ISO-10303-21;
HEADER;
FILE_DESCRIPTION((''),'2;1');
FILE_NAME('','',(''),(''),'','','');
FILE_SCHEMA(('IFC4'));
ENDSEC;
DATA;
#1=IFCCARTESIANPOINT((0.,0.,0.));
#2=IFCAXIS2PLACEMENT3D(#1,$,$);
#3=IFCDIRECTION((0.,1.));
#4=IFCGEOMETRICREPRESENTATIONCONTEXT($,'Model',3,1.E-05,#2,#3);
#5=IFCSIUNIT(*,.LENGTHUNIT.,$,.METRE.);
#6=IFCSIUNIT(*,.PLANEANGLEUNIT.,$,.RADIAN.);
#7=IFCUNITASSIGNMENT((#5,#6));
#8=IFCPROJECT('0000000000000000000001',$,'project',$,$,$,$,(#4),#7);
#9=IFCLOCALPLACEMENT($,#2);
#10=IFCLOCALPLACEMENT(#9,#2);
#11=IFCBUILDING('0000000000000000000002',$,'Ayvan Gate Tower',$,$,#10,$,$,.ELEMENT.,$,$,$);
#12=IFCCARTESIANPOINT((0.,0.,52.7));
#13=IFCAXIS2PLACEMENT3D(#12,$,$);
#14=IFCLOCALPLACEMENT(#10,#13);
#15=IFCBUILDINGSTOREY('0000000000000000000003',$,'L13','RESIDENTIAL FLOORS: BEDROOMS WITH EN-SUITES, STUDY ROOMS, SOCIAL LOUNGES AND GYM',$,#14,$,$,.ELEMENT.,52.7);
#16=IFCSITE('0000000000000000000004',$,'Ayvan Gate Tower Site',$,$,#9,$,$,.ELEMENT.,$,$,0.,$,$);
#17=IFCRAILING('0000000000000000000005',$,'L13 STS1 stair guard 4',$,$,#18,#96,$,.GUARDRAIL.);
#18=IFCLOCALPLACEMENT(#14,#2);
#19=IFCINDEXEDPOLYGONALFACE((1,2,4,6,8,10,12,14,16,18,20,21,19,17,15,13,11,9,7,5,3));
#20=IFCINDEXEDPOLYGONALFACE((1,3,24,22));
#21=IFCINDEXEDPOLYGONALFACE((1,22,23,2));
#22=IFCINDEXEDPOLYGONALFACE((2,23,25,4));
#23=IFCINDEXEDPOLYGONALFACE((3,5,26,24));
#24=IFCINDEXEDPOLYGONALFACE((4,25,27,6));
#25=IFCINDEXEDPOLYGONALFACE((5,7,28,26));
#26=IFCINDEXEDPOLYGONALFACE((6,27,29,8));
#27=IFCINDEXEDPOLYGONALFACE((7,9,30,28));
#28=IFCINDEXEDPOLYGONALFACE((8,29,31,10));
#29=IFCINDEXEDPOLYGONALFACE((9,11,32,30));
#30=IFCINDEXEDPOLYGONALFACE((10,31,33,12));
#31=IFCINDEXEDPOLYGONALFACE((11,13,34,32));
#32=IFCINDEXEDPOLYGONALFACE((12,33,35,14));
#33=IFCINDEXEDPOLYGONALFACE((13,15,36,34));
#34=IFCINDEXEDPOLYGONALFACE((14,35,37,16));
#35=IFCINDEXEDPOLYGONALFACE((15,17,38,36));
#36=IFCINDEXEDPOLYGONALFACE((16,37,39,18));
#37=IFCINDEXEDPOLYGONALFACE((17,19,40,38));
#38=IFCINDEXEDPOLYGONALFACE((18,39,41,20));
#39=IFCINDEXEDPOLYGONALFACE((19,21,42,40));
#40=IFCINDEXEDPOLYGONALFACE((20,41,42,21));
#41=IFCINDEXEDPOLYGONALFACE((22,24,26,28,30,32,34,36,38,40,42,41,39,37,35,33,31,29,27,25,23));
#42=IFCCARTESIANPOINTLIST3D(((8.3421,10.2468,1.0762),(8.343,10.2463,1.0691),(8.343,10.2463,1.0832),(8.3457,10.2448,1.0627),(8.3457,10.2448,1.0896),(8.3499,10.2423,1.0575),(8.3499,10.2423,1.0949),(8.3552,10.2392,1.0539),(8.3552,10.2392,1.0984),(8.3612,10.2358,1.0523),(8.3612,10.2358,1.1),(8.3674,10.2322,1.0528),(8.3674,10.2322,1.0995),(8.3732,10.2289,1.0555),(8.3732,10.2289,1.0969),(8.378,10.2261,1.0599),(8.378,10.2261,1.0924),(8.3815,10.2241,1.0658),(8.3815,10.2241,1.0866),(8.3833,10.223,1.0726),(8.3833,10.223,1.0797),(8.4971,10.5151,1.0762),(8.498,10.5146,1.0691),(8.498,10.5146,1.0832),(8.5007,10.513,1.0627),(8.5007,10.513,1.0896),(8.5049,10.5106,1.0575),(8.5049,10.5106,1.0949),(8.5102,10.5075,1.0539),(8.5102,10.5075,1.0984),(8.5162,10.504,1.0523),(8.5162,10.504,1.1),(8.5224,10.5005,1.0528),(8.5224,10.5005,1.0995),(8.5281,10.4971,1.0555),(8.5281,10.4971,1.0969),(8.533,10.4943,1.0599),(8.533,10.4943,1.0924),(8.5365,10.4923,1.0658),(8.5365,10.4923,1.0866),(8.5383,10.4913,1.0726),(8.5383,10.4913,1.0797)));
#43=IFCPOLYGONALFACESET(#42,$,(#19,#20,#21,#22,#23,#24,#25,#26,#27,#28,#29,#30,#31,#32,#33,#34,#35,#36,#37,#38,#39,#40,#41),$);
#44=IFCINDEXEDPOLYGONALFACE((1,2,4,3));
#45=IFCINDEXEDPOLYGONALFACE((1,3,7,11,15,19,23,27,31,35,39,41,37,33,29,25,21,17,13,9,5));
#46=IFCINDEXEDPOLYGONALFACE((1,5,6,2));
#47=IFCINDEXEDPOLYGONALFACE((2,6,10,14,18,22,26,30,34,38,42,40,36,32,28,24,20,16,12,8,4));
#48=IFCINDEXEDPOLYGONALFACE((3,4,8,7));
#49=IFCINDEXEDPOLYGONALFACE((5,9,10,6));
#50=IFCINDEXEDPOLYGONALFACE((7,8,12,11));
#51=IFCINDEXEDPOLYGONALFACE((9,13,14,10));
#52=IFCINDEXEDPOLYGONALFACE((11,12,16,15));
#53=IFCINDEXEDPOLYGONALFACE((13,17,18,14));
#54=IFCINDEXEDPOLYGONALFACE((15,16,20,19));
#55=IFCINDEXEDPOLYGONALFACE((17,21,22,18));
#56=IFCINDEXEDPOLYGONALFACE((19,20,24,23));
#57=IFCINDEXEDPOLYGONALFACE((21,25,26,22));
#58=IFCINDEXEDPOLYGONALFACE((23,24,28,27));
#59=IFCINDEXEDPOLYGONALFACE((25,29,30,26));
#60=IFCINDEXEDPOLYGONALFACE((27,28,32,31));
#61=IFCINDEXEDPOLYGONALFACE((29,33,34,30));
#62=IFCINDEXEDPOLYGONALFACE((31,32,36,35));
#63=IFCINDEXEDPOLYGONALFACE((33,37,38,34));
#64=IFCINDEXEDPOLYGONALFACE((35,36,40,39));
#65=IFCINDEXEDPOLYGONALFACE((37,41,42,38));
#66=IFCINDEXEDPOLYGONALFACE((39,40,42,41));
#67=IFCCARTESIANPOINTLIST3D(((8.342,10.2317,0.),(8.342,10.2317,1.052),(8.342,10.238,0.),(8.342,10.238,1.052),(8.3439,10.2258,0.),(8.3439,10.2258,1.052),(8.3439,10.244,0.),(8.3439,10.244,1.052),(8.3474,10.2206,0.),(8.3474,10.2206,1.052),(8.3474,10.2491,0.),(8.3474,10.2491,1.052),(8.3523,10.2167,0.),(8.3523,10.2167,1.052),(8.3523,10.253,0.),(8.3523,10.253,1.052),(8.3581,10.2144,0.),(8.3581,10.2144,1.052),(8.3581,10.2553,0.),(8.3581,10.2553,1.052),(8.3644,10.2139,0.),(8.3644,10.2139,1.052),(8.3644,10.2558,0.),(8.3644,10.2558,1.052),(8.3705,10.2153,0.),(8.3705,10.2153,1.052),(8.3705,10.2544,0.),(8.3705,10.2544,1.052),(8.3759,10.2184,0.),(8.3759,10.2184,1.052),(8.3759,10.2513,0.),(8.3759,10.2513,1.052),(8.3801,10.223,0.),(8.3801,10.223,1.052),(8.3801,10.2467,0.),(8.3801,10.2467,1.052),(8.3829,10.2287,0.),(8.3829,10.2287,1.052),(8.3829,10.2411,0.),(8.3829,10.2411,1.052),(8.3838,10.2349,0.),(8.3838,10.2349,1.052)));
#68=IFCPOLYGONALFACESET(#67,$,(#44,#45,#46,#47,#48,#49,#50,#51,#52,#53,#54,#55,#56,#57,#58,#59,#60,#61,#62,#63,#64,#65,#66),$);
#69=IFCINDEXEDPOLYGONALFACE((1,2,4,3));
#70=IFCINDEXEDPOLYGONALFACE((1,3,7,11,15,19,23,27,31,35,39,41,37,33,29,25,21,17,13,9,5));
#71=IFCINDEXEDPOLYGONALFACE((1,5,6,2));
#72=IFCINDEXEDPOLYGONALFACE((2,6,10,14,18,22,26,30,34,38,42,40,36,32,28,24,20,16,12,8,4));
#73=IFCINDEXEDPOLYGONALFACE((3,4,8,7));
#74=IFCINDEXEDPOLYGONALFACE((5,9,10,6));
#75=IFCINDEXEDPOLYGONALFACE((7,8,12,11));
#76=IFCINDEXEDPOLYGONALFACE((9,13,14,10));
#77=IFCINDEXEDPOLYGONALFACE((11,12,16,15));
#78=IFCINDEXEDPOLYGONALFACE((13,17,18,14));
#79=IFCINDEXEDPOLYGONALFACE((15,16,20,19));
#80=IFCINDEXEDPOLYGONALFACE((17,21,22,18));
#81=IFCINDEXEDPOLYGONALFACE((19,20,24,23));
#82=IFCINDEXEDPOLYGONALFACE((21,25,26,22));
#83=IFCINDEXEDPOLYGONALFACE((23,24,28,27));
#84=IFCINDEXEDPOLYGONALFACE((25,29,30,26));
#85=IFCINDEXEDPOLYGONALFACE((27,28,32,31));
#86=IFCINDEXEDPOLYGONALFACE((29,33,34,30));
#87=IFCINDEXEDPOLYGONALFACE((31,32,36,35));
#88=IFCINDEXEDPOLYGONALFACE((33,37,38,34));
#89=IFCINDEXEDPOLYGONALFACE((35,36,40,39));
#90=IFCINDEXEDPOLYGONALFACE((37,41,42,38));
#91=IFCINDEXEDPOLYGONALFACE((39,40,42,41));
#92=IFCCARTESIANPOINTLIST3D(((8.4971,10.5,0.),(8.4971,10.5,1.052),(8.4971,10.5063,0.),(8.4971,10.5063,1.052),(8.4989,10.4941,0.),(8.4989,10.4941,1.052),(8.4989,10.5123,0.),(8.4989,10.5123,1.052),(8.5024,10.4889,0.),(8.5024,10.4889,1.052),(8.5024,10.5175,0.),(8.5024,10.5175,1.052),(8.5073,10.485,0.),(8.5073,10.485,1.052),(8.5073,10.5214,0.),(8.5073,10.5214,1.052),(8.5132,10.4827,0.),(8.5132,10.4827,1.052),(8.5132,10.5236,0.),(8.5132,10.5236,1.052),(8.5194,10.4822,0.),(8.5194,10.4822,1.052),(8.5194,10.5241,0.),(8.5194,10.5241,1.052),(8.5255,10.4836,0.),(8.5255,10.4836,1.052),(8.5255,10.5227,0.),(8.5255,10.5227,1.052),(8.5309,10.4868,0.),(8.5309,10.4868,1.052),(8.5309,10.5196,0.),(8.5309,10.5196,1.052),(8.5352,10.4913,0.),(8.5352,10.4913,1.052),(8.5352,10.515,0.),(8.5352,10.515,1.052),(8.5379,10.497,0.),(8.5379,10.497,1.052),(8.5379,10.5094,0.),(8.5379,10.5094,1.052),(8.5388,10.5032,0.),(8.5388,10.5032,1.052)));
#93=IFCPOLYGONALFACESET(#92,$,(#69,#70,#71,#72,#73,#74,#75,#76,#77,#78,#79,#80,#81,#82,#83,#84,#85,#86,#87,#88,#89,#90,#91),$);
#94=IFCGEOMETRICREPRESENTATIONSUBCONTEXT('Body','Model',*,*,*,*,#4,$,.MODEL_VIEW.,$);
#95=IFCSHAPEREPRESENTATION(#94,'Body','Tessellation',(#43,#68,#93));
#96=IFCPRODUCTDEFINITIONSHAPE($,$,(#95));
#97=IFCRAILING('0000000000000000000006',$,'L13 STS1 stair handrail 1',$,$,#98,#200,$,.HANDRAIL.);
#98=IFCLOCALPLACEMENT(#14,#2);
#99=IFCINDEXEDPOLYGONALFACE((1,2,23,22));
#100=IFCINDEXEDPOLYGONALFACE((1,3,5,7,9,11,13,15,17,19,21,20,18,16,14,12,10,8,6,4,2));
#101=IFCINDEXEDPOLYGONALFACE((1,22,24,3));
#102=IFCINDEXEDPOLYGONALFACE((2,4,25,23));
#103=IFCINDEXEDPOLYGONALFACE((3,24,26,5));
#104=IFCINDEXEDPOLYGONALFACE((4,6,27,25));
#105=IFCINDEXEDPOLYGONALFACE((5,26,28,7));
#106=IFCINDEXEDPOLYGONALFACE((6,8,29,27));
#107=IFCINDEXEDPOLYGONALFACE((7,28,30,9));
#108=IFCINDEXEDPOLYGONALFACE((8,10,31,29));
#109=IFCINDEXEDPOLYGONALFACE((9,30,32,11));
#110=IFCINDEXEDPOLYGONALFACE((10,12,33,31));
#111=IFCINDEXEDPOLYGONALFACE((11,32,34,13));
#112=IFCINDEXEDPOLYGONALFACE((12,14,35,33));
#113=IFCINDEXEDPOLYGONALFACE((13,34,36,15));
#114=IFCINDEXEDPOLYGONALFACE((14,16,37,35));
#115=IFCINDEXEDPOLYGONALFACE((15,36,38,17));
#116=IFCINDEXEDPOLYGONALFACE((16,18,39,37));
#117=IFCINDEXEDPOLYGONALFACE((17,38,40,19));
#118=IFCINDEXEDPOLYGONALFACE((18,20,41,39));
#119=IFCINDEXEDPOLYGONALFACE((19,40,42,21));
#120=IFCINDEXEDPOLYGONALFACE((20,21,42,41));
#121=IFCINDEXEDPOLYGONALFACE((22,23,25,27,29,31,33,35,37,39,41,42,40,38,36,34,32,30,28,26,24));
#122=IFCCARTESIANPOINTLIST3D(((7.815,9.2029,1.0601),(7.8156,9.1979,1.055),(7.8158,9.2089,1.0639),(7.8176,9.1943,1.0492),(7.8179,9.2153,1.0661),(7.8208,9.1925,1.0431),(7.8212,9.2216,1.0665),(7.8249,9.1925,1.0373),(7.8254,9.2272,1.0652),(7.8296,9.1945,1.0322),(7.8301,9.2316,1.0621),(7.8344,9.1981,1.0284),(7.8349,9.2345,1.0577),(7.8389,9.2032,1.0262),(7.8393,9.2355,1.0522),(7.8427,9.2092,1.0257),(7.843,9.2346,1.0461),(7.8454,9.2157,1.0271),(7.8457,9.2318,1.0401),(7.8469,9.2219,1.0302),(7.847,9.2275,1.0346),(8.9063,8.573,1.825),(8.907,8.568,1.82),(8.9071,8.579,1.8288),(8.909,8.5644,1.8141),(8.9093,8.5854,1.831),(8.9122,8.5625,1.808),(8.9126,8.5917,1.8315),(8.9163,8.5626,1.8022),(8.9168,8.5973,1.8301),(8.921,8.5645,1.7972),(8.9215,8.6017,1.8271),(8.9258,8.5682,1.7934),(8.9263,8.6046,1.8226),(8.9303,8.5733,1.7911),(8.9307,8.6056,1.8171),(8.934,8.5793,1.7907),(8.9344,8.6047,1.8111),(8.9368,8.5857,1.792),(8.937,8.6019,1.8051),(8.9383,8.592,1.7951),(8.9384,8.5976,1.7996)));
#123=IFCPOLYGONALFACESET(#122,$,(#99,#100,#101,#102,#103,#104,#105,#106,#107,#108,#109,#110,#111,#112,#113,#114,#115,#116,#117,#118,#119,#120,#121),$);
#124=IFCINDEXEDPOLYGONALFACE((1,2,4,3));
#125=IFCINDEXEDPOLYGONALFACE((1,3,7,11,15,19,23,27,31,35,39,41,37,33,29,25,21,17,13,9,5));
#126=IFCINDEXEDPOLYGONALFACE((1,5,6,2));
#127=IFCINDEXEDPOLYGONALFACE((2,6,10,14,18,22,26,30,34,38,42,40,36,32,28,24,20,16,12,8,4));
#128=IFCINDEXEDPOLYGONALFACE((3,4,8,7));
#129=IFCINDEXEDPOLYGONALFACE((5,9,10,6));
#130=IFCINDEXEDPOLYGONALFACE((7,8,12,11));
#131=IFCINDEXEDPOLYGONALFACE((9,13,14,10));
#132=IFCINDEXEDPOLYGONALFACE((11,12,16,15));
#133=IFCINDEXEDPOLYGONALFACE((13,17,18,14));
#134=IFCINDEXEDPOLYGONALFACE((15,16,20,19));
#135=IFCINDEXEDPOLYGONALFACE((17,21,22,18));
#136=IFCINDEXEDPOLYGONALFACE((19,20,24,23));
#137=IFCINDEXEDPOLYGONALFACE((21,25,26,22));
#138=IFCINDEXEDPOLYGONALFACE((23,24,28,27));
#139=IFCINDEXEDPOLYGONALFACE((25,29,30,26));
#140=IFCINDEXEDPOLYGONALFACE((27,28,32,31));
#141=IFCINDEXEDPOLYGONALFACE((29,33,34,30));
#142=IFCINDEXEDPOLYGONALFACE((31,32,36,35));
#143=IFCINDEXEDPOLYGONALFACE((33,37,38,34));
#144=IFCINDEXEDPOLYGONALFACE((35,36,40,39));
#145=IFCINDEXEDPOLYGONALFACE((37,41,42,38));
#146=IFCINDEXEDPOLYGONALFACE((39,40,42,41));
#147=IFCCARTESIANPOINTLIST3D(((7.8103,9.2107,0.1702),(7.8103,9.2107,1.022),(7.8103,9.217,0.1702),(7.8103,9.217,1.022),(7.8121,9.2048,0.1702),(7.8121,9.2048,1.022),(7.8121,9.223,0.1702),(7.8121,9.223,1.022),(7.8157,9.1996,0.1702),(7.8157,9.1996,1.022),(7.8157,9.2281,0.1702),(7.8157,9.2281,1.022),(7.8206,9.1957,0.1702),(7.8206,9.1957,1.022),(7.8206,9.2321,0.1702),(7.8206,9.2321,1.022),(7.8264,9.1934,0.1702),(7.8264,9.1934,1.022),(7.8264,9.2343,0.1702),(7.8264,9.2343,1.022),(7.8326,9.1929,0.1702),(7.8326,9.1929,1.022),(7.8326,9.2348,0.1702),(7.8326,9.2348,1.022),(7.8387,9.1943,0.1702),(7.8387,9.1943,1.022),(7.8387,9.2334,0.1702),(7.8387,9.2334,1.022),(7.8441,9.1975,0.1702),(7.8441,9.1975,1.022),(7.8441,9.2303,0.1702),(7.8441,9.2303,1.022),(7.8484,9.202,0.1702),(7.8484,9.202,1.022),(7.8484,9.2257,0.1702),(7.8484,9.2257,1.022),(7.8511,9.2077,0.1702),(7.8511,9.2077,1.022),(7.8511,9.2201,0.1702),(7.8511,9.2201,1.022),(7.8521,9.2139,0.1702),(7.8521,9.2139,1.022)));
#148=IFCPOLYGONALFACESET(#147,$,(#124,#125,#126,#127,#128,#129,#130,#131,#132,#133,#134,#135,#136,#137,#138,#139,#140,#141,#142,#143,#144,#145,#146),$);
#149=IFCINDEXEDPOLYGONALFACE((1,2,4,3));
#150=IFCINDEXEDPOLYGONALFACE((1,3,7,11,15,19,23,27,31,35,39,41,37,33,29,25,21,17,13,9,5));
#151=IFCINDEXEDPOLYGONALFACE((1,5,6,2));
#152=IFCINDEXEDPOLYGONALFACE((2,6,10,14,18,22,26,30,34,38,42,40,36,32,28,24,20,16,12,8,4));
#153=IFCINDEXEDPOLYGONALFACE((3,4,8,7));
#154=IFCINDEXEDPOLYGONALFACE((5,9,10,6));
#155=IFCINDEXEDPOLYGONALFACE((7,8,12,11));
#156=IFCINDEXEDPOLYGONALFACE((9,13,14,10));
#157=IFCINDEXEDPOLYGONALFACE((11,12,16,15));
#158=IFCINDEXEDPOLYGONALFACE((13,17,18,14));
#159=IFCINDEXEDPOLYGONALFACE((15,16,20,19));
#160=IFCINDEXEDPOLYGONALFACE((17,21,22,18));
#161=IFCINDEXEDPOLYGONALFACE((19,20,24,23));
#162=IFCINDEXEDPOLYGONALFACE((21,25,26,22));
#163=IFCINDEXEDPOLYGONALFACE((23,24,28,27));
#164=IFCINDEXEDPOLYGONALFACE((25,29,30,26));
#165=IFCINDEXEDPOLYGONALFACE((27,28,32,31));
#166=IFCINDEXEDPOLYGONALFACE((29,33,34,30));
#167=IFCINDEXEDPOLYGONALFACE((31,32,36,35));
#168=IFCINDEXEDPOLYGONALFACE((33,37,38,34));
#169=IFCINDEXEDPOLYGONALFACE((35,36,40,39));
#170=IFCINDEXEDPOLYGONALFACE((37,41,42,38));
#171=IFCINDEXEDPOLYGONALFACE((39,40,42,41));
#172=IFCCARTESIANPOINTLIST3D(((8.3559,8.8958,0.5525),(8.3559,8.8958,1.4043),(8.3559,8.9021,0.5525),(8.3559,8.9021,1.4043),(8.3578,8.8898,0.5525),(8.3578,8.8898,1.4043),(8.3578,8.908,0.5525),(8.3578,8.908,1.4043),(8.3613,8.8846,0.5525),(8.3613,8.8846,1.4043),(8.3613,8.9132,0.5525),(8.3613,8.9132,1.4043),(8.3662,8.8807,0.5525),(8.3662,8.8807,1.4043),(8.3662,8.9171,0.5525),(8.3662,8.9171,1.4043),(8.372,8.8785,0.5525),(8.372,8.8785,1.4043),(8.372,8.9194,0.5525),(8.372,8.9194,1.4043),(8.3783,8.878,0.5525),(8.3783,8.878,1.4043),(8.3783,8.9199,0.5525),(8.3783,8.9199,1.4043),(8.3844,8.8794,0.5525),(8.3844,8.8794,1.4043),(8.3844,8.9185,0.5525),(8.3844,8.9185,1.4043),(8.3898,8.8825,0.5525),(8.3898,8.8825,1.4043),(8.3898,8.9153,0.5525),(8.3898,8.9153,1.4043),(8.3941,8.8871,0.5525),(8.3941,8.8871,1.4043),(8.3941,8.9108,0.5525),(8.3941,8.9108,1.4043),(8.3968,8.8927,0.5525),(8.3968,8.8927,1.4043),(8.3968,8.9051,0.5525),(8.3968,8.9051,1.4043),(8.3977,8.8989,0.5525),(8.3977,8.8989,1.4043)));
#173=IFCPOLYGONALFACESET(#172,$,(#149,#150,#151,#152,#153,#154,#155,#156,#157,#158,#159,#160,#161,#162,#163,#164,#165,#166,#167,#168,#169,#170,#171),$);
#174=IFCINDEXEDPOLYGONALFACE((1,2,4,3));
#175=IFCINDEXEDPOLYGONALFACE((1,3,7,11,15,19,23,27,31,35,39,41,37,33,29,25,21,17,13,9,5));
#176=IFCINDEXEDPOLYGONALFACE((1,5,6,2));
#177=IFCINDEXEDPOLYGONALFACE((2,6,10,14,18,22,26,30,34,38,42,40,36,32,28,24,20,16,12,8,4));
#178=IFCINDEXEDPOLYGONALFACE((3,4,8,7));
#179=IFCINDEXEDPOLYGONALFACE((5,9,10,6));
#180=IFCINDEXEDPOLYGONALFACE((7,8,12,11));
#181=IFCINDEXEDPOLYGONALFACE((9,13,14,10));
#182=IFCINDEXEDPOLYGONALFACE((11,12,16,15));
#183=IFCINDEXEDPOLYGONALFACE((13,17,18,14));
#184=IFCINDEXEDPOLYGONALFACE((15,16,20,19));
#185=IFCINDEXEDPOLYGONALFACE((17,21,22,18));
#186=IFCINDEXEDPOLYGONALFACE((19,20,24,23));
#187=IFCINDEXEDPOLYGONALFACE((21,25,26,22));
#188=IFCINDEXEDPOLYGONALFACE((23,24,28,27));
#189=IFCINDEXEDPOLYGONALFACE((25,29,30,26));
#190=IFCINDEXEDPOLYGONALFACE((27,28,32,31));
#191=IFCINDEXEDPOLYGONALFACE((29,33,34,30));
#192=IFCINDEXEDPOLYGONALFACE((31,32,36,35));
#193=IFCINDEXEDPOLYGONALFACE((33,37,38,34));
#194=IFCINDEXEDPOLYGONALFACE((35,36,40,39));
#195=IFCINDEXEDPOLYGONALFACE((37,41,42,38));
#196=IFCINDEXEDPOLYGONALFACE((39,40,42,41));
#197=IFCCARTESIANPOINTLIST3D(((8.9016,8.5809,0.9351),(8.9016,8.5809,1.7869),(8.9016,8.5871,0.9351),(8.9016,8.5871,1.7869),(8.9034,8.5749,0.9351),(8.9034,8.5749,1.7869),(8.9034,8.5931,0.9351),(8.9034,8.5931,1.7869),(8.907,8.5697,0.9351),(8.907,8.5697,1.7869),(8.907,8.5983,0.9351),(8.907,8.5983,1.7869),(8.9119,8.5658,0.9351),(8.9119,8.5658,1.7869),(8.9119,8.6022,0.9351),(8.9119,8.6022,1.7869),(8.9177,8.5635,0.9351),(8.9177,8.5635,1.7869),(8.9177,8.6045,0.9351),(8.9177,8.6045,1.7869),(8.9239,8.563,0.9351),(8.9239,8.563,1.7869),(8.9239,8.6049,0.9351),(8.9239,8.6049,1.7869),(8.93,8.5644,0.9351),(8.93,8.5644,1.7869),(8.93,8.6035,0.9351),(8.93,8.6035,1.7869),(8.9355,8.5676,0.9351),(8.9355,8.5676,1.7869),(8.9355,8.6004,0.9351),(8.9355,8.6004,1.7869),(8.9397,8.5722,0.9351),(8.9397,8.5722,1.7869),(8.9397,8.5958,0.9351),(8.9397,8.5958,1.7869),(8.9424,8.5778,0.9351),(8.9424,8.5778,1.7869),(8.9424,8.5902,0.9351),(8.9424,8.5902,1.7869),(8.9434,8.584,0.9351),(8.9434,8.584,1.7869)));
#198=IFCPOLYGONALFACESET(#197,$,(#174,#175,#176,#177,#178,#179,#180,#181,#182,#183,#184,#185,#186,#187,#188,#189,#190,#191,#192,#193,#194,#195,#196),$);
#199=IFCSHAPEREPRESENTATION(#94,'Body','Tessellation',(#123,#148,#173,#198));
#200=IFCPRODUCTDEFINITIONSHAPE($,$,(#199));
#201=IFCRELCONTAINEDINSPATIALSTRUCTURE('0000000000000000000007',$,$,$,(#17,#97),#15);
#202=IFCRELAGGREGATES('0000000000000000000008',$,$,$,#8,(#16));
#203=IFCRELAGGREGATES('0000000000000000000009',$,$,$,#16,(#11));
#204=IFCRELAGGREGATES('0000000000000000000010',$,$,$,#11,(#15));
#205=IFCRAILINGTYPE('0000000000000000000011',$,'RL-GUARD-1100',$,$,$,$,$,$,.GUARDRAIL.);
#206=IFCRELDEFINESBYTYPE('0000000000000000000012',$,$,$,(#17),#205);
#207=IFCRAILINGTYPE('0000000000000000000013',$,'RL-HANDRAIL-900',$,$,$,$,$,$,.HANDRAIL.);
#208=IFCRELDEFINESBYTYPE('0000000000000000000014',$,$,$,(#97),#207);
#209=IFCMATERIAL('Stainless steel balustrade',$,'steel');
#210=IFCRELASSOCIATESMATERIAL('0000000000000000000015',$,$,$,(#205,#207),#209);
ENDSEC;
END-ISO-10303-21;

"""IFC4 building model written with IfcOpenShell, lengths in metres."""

from ifc_helpers import new_model, si_unit, direction, frame, origin, origin_2d, place, context, subcontext, project, spatial, circle, extrude, material, type_object, element, save


model = new_model("IFC4")

# Units and contexts
model_context = context("Model", 3, precision=1e-05, world=origin(), true_north=direction((0.0, 1.0)))
body_context = subcontext(model_context, "Body", "Model", "MODEL_VIEW")
ifc_project = project(units=[si_unit("LENGTHUNIT", "METRE"), si_unit("PLANEANGLEUNIT", "RADIAN")], contexts=[model_context])

# Site, building, storey
site_placement = place(None, origin())
site = spatial("IfcSite", under=ifc_project, at=site_placement, Name="Ayvan Gate Tower Site", CompositionType="ELEMENT", RefElevation=0.0)
building_placement = place(site_placement, origin())
building = spatial("IfcBuilding", under=site, at=building_placement, Name="Ayvan Gate Tower", CompositionType="ELEMENT")
storey_placement = place(building_placement, frame((0.0, 0.0, 52.7)))
storey = spatial("IfcBuildingStorey", under=building, at=storey_placement, Name="L13", Description="RESIDENTIAL FLOORS: BEDROOMS WITH EN-SUITES, STUDY ROOMS, SOCIAL LOUNGES AND GYM", CompositionType="ELEMENT", Elevation=52.7)

# Railings
ifc_material_1 = material(Name="Stainless steel balustrade", Category="steel")
railing_type_1 = type_object("IfcRailingType", Name="RL-GUARD-1100", PredefinedType="GUARDRAIL", material=ifc_material_1)
railing_1_placement = place(storey_placement, frame((8.3628, 10.2349, 0.0)))
element("IfcRailing", 1, at=railing_1_placement, inside=storey, type_object=railing_type_1, Name="L13 STS1 stair guard 4", PredefinedType="GUARDRAIL", context=body_context, shape_type="SweptSolid", body=[
    extrude(circle(Radius=0.0239, at=origin_2d()), frame((0.0, 0.0, 1.0762), z_axis=(0.500291, 0.865857, 0.0), x_axis=(-0.865857, 0.500291, 0.0)), (0.0, 0.0, 1.0), 0.3098),
    extrude(circle(Radius=0.021, at=origin_2d()), origin(), (0.0, 0.0, 1.0), 1.052),
    extrude(circle(Radius=0.021, at=origin_2d()), frame((0.155, 0.2683, 0.0)), (0.0, 0.0, 1.0), 1.052),
])
railing_type_2 = type_object("IfcRailingType", Name="RL-HANDRAIL-900", PredefinedType="HANDRAIL", material=ifc_material_1)
railing_2_placement = place(storey_placement, frame((7.8311, 9.2139, 0.1702)))
element("IfcRailing", 2, at=railing_2_placement, inside=storey, type_object=railing_type_2, Name="L13 STS1 stair handrail 1", PredefinedType="HANDRAIL", context=body_context, shape_type="SweptSolid", body=[
    extrude(circle(Radius=0.0239, at=origin_2d()), frame((0.0, 0.0, 0.876), z_axis=(0.740357, -0.42732, 0.518912), x_axis=(0.49989, 0.866089, 0.0)), (0.0, 0.0, 1.0), 1.4741),
    extrude(circle(Radius=0.021, at=origin_2d()), origin(), (0.0, 0.0, 1.0), 0.8518),
    extrude(circle(Radius=0.021, at=origin_2d()), frame((0.5457, -0.3149, 0.3823)), (0.0, 0.0, 1.0), 0.8518),
    extrude(circle(Radius=0.021, at=origin_2d()), frame((1.0913, -0.6299, 0.7649)), (0.0, 0.0, 1.0), 0.8518),
])

save(model, "model.ifc")
